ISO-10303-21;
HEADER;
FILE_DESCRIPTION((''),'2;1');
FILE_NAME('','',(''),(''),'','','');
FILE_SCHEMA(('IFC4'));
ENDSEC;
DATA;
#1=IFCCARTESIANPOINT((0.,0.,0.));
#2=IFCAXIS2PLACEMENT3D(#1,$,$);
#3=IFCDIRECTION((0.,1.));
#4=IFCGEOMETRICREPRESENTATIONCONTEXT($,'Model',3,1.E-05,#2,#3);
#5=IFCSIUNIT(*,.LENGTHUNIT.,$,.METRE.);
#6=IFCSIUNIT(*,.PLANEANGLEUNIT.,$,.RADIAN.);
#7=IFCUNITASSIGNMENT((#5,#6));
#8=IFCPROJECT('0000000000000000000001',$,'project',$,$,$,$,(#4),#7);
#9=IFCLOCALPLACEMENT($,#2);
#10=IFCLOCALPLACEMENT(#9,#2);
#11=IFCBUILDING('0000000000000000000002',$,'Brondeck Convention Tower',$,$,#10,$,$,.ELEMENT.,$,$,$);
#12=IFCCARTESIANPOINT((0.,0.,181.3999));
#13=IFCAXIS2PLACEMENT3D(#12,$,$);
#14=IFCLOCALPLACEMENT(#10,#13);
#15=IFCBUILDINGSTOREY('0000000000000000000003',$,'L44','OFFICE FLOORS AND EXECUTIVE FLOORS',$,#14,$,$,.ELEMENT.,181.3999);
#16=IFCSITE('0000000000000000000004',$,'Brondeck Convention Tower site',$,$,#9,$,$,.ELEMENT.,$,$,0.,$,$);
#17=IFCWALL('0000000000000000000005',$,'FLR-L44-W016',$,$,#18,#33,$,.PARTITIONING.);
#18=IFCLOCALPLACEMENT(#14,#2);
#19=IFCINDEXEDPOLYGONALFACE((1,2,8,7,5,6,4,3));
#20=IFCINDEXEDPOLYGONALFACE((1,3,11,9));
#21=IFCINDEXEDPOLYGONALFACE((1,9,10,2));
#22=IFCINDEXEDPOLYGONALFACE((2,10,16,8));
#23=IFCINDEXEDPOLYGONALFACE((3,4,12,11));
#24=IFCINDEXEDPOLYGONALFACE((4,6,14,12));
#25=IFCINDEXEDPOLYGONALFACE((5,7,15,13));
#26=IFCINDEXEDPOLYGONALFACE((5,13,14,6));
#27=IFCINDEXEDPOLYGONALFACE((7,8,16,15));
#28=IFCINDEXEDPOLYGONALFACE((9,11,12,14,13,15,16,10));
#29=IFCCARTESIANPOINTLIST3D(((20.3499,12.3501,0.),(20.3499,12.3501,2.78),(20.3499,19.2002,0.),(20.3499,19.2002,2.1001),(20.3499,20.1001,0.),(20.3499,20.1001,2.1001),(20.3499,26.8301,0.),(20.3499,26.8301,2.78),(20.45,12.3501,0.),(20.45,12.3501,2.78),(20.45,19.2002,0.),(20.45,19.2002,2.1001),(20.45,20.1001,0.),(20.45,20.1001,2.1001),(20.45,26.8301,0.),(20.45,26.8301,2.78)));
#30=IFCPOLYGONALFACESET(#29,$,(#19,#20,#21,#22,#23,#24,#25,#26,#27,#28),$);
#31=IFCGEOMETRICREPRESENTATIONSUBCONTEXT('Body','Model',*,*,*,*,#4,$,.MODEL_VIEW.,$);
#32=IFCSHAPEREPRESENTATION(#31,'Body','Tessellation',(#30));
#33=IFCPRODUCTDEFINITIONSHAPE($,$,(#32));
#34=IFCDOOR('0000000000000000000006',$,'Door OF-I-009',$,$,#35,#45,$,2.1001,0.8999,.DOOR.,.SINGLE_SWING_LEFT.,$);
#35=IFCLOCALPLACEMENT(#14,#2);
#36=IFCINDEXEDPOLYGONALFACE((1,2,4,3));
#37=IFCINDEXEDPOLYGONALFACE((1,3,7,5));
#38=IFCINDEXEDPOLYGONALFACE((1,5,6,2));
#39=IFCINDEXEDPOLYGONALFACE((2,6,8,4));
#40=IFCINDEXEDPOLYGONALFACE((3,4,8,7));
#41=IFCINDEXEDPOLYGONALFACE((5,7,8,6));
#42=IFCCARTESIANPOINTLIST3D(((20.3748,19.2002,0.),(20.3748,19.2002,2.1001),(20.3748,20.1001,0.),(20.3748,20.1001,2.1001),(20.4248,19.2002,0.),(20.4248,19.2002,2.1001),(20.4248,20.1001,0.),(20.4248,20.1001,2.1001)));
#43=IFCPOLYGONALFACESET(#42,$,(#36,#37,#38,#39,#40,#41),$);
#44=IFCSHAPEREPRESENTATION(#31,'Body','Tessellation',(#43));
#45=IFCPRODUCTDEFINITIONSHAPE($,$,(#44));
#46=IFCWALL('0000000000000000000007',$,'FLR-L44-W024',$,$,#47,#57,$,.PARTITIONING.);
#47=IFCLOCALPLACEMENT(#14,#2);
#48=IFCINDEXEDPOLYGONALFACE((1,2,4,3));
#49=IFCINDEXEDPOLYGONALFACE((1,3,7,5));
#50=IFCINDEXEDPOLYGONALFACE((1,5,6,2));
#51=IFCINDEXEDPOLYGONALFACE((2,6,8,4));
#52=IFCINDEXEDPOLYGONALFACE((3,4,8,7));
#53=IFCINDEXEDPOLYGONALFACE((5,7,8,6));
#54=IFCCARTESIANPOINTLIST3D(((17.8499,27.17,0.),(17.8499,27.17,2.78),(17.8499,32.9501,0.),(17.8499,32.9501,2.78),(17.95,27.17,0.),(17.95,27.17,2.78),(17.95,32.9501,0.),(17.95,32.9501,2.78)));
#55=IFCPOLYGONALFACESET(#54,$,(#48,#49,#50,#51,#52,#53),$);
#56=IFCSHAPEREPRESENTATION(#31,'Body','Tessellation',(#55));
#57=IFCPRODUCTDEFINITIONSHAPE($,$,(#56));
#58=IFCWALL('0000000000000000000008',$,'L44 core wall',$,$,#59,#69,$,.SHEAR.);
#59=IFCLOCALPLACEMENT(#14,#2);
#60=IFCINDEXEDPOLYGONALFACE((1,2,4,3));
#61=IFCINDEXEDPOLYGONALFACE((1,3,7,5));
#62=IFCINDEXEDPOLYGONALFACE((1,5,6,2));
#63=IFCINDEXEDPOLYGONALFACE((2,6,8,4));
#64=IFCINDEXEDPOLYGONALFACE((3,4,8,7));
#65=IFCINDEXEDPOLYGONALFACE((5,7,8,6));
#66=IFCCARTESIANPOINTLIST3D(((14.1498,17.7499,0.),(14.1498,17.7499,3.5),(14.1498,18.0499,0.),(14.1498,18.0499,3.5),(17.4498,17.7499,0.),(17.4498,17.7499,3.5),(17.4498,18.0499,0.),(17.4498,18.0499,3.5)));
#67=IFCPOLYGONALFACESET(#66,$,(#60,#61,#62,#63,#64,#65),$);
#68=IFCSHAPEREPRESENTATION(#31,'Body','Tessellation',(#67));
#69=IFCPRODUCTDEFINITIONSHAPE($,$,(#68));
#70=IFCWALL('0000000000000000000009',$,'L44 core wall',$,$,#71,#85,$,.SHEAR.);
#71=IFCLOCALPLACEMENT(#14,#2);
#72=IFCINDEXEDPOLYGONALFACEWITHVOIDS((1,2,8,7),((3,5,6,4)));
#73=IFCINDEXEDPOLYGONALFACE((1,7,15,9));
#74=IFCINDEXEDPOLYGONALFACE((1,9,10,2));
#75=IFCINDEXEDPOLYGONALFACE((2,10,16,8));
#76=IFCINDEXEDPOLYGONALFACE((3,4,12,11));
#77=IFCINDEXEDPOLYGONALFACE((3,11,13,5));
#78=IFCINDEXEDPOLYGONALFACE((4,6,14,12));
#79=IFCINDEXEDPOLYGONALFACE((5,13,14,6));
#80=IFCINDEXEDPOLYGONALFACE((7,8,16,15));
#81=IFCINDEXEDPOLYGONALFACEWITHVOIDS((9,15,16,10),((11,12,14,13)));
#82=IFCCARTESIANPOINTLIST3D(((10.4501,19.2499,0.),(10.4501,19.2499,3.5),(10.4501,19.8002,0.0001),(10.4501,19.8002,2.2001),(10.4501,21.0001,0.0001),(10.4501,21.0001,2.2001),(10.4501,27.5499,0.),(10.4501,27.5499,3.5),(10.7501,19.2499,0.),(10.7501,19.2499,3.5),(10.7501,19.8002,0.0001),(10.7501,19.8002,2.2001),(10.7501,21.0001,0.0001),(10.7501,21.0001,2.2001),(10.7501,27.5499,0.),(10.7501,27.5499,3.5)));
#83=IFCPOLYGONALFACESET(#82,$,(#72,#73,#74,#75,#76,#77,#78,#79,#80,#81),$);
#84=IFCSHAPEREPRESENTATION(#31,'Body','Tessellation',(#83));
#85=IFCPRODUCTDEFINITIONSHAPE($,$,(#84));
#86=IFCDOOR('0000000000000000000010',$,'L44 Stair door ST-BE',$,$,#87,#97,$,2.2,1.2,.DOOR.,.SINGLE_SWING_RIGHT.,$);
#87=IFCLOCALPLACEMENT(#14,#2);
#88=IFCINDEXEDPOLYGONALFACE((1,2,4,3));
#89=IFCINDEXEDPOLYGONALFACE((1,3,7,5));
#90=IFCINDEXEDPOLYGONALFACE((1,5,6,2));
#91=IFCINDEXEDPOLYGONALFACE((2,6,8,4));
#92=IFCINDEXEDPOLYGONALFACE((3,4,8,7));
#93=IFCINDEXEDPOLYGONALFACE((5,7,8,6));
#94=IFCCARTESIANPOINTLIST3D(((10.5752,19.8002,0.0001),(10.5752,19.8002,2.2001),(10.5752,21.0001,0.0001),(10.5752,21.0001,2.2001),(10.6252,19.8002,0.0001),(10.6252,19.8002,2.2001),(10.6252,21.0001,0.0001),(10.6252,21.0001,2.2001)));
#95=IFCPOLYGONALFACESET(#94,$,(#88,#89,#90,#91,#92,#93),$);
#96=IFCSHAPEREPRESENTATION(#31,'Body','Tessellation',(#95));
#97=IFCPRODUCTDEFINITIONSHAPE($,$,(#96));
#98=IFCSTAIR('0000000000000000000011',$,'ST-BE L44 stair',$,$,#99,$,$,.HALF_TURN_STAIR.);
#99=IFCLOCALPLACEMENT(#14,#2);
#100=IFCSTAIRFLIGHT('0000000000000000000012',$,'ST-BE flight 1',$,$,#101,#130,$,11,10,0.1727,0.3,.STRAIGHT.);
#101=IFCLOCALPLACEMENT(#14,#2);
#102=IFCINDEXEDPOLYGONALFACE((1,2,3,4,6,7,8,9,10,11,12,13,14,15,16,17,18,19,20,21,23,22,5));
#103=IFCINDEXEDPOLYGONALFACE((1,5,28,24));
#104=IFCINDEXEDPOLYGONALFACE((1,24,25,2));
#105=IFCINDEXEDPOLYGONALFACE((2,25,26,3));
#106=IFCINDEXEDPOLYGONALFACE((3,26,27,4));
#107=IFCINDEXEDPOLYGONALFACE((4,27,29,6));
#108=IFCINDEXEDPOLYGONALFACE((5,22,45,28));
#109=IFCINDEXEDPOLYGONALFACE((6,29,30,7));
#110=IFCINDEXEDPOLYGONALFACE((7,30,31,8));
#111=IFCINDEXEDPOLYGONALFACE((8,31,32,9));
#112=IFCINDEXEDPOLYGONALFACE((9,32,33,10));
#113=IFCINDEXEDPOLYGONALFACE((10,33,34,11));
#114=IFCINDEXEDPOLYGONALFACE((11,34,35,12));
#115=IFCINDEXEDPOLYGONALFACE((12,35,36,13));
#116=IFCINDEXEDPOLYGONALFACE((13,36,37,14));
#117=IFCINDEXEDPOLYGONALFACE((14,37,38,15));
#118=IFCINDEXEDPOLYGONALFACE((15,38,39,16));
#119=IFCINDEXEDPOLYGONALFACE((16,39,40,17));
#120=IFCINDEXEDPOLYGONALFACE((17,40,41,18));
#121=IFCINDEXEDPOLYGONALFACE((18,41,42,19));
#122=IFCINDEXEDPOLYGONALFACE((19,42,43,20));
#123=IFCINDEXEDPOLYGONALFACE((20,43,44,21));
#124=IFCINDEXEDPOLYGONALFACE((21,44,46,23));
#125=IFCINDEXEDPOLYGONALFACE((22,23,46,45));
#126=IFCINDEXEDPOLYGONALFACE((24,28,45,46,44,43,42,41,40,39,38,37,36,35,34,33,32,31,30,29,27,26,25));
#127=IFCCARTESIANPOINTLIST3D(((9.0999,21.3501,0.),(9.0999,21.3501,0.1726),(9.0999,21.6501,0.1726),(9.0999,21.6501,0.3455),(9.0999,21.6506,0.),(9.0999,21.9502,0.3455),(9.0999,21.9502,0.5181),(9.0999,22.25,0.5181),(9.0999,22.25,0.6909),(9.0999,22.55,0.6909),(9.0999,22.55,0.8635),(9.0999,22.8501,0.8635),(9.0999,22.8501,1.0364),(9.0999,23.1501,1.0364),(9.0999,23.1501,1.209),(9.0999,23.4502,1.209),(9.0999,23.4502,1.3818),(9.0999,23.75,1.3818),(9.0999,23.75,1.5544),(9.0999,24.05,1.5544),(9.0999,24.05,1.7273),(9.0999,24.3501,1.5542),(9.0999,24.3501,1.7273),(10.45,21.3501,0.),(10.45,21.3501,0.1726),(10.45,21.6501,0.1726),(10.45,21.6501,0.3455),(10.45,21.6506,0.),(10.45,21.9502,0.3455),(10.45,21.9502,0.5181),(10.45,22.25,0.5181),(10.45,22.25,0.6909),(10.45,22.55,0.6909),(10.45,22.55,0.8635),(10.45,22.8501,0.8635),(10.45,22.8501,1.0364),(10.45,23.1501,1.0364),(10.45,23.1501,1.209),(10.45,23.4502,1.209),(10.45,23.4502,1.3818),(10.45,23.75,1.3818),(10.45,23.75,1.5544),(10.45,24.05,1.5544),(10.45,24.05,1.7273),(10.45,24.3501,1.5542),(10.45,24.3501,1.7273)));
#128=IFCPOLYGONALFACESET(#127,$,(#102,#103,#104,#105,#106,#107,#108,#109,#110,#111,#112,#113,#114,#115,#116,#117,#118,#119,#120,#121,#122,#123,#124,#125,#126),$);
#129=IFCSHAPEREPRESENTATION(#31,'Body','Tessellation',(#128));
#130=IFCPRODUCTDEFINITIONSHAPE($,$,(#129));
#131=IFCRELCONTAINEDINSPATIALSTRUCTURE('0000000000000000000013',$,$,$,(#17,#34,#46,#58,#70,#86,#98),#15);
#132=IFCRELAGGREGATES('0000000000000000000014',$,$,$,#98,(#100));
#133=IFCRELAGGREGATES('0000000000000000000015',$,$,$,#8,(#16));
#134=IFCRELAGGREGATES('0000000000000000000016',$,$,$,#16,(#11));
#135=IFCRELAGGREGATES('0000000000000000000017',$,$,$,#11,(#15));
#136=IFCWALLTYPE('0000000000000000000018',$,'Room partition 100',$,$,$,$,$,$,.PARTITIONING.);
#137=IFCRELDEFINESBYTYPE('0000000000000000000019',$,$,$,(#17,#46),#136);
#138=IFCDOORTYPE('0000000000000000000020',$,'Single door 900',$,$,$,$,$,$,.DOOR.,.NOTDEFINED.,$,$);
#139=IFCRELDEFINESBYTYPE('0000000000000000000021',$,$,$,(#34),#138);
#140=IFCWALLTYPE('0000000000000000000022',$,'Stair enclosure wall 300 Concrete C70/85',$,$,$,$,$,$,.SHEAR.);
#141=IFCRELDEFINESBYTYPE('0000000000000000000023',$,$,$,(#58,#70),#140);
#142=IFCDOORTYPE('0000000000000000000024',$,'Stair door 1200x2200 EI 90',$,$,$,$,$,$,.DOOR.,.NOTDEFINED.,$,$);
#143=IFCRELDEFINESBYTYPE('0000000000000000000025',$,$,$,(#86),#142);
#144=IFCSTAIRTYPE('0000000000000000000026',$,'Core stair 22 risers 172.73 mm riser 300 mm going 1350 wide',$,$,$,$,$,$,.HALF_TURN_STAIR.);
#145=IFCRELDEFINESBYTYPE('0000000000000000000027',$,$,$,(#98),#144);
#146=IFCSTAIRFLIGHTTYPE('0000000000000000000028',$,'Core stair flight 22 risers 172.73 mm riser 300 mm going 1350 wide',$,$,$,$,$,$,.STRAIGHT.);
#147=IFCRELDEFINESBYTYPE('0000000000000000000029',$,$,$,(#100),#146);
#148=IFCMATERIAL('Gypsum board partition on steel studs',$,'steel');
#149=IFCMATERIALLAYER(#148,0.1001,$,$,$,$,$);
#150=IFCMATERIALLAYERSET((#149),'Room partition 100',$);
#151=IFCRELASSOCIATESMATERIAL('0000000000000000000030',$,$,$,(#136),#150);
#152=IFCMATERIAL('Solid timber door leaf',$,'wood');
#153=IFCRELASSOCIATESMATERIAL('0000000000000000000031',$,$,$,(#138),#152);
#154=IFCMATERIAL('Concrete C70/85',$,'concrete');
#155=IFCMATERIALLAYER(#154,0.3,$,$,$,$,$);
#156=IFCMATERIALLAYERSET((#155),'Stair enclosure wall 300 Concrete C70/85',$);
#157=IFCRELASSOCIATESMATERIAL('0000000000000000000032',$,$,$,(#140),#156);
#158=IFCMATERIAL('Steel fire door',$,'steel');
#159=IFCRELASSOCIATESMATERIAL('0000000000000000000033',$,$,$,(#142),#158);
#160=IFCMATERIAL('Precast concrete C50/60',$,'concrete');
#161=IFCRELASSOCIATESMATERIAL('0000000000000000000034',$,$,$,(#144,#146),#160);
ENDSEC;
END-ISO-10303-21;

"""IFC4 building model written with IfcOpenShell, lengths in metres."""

from ifc_helpers import new_model, si_unit, direction, frame, frame_2d, origin, place, context, subcontext, project, spatial, polyline, rectangle, outline, extrude, material, layer, layer_set, type_object, element, fill, aggregate, save


model = new_model("IFC4")

# Units and contexts
model_context = context("Model", 3, precision=1e-05, world=origin(), true_north=direction((0.0, 1.0)))
body_context = subcontext(model_context, "Body", "Model", "MODEL_VIEW")
ifc_project = project(units=[si_unit("LENGTHUNIT", "METRE"), si_unit("PLANEANGLEUNIT", "RADIAN")], contexts=[model_context])

# Site, building, storey
site_placement = place(None, origin())
site = spatial("IfcSite", under=ifc_project, at=site_placement, Name="Brondeck Convention Tower site", CompositionType="ELEMENT", RefElevation=0.0)
building_placement = place(site_placement, origin())
building = spatial("IfcBuilding", under=site, at=building_placement, Name="Brondeck Convention Tower", CompositionType="ELEMENT")
storey_placement = place(building_placement, frame((0.0, 0.0, 181.3999)))
storey = spatial("IfcBuildingStorey", under=building, at=storey_placement, Name="L44", Description="OFFICE FLOORS AND EXECUTIVE FLOORS", CompositionType="ELEMENT", Elevation=181.3999)

# Shared definitions
ifc_material_1 = material(Name="Concrete C70/85", Category="concrete")

# Shared definitions
ifc_material_2 = material(Name="Gypsum board partition on steel studs", Category="steel")
ifc_layer_1 = layer(ifc_material_2, 0.1001)
ifc_layer_set_1 = layer_set([ifc_layer_1], Name="Room partition 100")
wall_type_1 = type_object("IfcWallType", Name="Room partition 100", PredefinedType="PARTITIONING", material=ifc_layer_set_1)

# Wall, opening, door
wall_1_placement = place(storey_placement, frame((20.3999, 26.8301, 0.0), z_axis=(0.0, 0.0, 1.0), x_axis=(0.0, -1.0, 0.0)))
wall_1 = element("IfcWall", 1, at=wall_1_placement, inside=storey, type_object=wall_type_1, Name="FLR-L44-W016", PredefinedType="PARTITIONING", context=body_context, shape_type="SweptSolid", body=[
    extrude(rectangle(XDim=14.48, YDim=0.1001, at=frame_2d((7.24, 0.0))), origin(), (0.0, 0.0, 1.0), 2.78),
])
opening_1_placement = place(wall_1_placement, frame((6.73, 0.0, 0.0)))
opening_1 = element("IfcOpeningElement", 2, at=opening_1_placement, cuts=wall_1, PredefinedType="OPENING", context=body_context, shape_type="SweptSolid", body=[
    extrude(rectangle(XDim=0.8999, YDim=2.1001, at=frame_2d((0.45, 1.05))), frame((0.0, 0.0601, 0.0), z_axis=(0.0, -1.0, 0.0), x_axis=(1.0, 0.0, 0.0)), (0.0, 0.0, 1.0), 0.1201),
])
ifc_material_3 = material(Name="Solid timber door leaf", Category="wood")
door_type_1 = type_object("IfcDoorType", Name="Single door 900", OperationType="NOTDEFINED", PredefinedType="DOOR", material=ifc_material_3)
door_1_placement = place(opening_1_placement, origin())
door_1 = element("IfcDoor", 3, at=door_1_placement, inside=storey, type_object=door_type_1, Name="Door OF-I-009", OperationType="SINGLE_SWING_LEFT", OverallHeight=2.1001, OverallWidth=0.8999, PredefinedType="DOOR", context=body_context, shape_type="SweptSolid", body=[
    extrude(rectangle(XDim=0.8999, YDim=2.1001, at=frame_2d((0.45, 1.05))), frame((0.0, 0.0249, 0.0), z_axis=(0.0, -1.0, 0.0), x_axis=(1.0, 0.0, 0.0)), (0.0, 0.0, 1.0), 0.05),
])
fill(opening_1, door_1)

# Walls
wall_2_placement = place(storey_placement, frame((17.8999, 27.1699, 0.0), z_axis=(0.0, 0.0, 1.0), x_axis=(0.0, 1.0, 0.0)))
element("IfcWall", 4, at=wall_2_placement, inside=storey, type_object=wall_type_1, Name="FLR-L44-W024", PredefinedType="PARTITIONING", context=body_context, shape_type="SweptSolid", body=[
    extrude(rectangle(XDim=5.78, YDim=0.1001, at=frame_2d((2.8901, 0.0))), origin(), (0.0, 0.0, 1.0), 2.78),
])
ifc_layer_2 = layer(ifc_material_1, 0.3)
ifc_layer_set_2 = layer_set([ifc_layer_2], Name="Stair enclosure wall 300 Concrete C70/85")
wall_type_2 = type_object("IfcWallType", Name="Stair enclosure wall 300 Concrete C70/85", PredefinedType="SHEAR", material=ifc_layer_set_2)
wall_3_placement = place(storey_placement, frame((14.1499, 17.8999, 0.0), z_axis=(0.0, 0.0, 1.0), x_axis=(1.0, 0.0, 0.0)))
element("IfcWall", 5, at=wall_3_placement, inside=storey, type_object=wall_type_2, Name="L44 core wall", PredefinedType="SHEAR", context=body_context, shape_type="SweptSolid", body=[
    extrude(rectangle(XDim=3.3, YDim=0.3, at=frame_2d((1.6499, 0.0))), origin(), (0.0, 0.0, 1.0), 3.5),
])

# Wall, opening, door
wall_4_placement = place(storey_placement, frame((10.6001, 19.25, 0.0), z_axis=(0.0, 0.0, 1.0), x_axis=(0.0, 1.0, 0.0)))
wall_4 = element("IfcWall", 6, at=wall_4_placement, inside=storey, type_object=wall_type_2, Name="L44 core wall", PredefinedType="SHEAR", context=body_context, shape_type="SweptSolid", body=[
    extrude(rectangle(XDim=8.3, YDim=0.3, at=frame_2d((4.1499, 0.0))), origin(), (0.0, 0.0, 1.0), 3.5),
])
opening_2_placement = place(wall_4_placement, frame((0.55, 0.0, 0.0)))
opening_2 = element("IfcOpeningElement", 7, at=opening_2_placement, cuts=wall_4, PredefinedType="OPENING", context=body_context, shape_type="SweptSolid", body=[
    extrude(rectangle(XDim=1.2, YDim=2.2, at=frame_2d((0.6001, 1.1001))), frame((0.0, 0.1599, 0.0), z_axis=(0.0, -1.0, 0.0), x_axis=(1.0, 0.0, 0.0)), (0.0, 0.0, 1.0), 0.3201),
])
ifc_material_4 = material(Name="Steel fire door", Category="steel")
door_type_2 = type_object("IfcDoorType", Name="Stair door 1200x2200 EI 90", OperationType="NOTDEFINED", PredefinedType="DOOR", material=ifc_material_4)
door_2_placement = place(opening_2_placement, origin())
door_2 = element("IfcDoor", 8, at=door_2_placement, inside=storey, type_object=door_type_2, Name="L44 Stair door ST-BE", OperationType="SINGLE_SWING_RIGHT", OverallHeight=2.2, OverallWidth=1.2, PredefinedType="DOOR", context=body_context, shape_type="SweptSolid", body=[
    extrude(rectangle(XDim=1.2, YDim=2.2, at=frame_2d((0.6001, 1.1001))), frame((0.0, 0.0249, 0.0), z_axis=(0.0, -1.0, 0.0), x_axis=(1.0, 0.0, 0.0)), (0.0, 0.0, 1.0), 0.05),
])
fill(opening_2, door_2)

# Stair, stair flight
ifc_material_5 = material(Name="Precast concrete C50/60", Category="concrete")
stair_type = type_object("IfcStairType", Name="Core stair 22 risers 172.73 mm riser 300 mm going 1350 wide", PredefinedType="HALF_TURN_STAIR", material=ifc_material_5)
stair_placement = place(storey_placement, origin())
stair = element("IfcStair", 9, at=stair_placement, inside=storey, type_object=stair_type, Name="ST-BE L44 stair", PredefinedType="HALF_TURN_STAIR")
stair_flight_type = type_object("IfcStairFlightType", Name="Core stair flight 22 risers 172.73 mm riser 300 mm going 1350 wide", PredefinedType="STRAIGHT", material=ifc_material_5)
stair_flight_placement = place(storey_placement, frame((9.7749, 21.3501, 0.0), z_axis=(0.0, 0.0, 1.0), x_axis=(0.0, 1.0, 0.0)))
stair_flight = element("IfcStairFlight", 10, at=stair_flight_placement, type_object=stair_flight_type, Name="ST-BE flight 1", NumberOfRisers=11, NumberOfTreads=10, PredefinedType="STRAIGHT", RiserHeight=0.1727, TreadLength=0.3, context=body_context, shape_type="SweptSolid", body=[
    extrude(outline(polyline([(0.0, 0.0), (0.0, 0.1726), (0.3, 0.1726), (0.3, 0.3455), (0.6001, 0.3455), (0.6001, 0.5181), (0.8999, 0.5181), (0.8999, 0.6909), (1.2, 0.6909), (1.2, 0.8635), (1.5, 0.8635), (1.5, 1.0364), (1.8, 1.0364), (1.8, 1.209), (2.1001, 1.209), (2.1001, 1.3818), (2.3999, 1.3818), (2.3999, 1.5544), (2.7, 1.5544), (2.7, 1.7273), (3.0, 1.7273), (3.0, 1.8999), (3.0, 1.5542), (0.3005, 0.0), (0.0, 0.0)])), frame((0.0, 0.675, 0.0), z_axis=(0.0, -1.0, 0.0), x_axis=(1.0, 0.0, 0.0)), (0.0, 0.0, 1.0), 1.3501),
])
aggregate(stair, [stair_flight])

save(model, "model.ifc")
